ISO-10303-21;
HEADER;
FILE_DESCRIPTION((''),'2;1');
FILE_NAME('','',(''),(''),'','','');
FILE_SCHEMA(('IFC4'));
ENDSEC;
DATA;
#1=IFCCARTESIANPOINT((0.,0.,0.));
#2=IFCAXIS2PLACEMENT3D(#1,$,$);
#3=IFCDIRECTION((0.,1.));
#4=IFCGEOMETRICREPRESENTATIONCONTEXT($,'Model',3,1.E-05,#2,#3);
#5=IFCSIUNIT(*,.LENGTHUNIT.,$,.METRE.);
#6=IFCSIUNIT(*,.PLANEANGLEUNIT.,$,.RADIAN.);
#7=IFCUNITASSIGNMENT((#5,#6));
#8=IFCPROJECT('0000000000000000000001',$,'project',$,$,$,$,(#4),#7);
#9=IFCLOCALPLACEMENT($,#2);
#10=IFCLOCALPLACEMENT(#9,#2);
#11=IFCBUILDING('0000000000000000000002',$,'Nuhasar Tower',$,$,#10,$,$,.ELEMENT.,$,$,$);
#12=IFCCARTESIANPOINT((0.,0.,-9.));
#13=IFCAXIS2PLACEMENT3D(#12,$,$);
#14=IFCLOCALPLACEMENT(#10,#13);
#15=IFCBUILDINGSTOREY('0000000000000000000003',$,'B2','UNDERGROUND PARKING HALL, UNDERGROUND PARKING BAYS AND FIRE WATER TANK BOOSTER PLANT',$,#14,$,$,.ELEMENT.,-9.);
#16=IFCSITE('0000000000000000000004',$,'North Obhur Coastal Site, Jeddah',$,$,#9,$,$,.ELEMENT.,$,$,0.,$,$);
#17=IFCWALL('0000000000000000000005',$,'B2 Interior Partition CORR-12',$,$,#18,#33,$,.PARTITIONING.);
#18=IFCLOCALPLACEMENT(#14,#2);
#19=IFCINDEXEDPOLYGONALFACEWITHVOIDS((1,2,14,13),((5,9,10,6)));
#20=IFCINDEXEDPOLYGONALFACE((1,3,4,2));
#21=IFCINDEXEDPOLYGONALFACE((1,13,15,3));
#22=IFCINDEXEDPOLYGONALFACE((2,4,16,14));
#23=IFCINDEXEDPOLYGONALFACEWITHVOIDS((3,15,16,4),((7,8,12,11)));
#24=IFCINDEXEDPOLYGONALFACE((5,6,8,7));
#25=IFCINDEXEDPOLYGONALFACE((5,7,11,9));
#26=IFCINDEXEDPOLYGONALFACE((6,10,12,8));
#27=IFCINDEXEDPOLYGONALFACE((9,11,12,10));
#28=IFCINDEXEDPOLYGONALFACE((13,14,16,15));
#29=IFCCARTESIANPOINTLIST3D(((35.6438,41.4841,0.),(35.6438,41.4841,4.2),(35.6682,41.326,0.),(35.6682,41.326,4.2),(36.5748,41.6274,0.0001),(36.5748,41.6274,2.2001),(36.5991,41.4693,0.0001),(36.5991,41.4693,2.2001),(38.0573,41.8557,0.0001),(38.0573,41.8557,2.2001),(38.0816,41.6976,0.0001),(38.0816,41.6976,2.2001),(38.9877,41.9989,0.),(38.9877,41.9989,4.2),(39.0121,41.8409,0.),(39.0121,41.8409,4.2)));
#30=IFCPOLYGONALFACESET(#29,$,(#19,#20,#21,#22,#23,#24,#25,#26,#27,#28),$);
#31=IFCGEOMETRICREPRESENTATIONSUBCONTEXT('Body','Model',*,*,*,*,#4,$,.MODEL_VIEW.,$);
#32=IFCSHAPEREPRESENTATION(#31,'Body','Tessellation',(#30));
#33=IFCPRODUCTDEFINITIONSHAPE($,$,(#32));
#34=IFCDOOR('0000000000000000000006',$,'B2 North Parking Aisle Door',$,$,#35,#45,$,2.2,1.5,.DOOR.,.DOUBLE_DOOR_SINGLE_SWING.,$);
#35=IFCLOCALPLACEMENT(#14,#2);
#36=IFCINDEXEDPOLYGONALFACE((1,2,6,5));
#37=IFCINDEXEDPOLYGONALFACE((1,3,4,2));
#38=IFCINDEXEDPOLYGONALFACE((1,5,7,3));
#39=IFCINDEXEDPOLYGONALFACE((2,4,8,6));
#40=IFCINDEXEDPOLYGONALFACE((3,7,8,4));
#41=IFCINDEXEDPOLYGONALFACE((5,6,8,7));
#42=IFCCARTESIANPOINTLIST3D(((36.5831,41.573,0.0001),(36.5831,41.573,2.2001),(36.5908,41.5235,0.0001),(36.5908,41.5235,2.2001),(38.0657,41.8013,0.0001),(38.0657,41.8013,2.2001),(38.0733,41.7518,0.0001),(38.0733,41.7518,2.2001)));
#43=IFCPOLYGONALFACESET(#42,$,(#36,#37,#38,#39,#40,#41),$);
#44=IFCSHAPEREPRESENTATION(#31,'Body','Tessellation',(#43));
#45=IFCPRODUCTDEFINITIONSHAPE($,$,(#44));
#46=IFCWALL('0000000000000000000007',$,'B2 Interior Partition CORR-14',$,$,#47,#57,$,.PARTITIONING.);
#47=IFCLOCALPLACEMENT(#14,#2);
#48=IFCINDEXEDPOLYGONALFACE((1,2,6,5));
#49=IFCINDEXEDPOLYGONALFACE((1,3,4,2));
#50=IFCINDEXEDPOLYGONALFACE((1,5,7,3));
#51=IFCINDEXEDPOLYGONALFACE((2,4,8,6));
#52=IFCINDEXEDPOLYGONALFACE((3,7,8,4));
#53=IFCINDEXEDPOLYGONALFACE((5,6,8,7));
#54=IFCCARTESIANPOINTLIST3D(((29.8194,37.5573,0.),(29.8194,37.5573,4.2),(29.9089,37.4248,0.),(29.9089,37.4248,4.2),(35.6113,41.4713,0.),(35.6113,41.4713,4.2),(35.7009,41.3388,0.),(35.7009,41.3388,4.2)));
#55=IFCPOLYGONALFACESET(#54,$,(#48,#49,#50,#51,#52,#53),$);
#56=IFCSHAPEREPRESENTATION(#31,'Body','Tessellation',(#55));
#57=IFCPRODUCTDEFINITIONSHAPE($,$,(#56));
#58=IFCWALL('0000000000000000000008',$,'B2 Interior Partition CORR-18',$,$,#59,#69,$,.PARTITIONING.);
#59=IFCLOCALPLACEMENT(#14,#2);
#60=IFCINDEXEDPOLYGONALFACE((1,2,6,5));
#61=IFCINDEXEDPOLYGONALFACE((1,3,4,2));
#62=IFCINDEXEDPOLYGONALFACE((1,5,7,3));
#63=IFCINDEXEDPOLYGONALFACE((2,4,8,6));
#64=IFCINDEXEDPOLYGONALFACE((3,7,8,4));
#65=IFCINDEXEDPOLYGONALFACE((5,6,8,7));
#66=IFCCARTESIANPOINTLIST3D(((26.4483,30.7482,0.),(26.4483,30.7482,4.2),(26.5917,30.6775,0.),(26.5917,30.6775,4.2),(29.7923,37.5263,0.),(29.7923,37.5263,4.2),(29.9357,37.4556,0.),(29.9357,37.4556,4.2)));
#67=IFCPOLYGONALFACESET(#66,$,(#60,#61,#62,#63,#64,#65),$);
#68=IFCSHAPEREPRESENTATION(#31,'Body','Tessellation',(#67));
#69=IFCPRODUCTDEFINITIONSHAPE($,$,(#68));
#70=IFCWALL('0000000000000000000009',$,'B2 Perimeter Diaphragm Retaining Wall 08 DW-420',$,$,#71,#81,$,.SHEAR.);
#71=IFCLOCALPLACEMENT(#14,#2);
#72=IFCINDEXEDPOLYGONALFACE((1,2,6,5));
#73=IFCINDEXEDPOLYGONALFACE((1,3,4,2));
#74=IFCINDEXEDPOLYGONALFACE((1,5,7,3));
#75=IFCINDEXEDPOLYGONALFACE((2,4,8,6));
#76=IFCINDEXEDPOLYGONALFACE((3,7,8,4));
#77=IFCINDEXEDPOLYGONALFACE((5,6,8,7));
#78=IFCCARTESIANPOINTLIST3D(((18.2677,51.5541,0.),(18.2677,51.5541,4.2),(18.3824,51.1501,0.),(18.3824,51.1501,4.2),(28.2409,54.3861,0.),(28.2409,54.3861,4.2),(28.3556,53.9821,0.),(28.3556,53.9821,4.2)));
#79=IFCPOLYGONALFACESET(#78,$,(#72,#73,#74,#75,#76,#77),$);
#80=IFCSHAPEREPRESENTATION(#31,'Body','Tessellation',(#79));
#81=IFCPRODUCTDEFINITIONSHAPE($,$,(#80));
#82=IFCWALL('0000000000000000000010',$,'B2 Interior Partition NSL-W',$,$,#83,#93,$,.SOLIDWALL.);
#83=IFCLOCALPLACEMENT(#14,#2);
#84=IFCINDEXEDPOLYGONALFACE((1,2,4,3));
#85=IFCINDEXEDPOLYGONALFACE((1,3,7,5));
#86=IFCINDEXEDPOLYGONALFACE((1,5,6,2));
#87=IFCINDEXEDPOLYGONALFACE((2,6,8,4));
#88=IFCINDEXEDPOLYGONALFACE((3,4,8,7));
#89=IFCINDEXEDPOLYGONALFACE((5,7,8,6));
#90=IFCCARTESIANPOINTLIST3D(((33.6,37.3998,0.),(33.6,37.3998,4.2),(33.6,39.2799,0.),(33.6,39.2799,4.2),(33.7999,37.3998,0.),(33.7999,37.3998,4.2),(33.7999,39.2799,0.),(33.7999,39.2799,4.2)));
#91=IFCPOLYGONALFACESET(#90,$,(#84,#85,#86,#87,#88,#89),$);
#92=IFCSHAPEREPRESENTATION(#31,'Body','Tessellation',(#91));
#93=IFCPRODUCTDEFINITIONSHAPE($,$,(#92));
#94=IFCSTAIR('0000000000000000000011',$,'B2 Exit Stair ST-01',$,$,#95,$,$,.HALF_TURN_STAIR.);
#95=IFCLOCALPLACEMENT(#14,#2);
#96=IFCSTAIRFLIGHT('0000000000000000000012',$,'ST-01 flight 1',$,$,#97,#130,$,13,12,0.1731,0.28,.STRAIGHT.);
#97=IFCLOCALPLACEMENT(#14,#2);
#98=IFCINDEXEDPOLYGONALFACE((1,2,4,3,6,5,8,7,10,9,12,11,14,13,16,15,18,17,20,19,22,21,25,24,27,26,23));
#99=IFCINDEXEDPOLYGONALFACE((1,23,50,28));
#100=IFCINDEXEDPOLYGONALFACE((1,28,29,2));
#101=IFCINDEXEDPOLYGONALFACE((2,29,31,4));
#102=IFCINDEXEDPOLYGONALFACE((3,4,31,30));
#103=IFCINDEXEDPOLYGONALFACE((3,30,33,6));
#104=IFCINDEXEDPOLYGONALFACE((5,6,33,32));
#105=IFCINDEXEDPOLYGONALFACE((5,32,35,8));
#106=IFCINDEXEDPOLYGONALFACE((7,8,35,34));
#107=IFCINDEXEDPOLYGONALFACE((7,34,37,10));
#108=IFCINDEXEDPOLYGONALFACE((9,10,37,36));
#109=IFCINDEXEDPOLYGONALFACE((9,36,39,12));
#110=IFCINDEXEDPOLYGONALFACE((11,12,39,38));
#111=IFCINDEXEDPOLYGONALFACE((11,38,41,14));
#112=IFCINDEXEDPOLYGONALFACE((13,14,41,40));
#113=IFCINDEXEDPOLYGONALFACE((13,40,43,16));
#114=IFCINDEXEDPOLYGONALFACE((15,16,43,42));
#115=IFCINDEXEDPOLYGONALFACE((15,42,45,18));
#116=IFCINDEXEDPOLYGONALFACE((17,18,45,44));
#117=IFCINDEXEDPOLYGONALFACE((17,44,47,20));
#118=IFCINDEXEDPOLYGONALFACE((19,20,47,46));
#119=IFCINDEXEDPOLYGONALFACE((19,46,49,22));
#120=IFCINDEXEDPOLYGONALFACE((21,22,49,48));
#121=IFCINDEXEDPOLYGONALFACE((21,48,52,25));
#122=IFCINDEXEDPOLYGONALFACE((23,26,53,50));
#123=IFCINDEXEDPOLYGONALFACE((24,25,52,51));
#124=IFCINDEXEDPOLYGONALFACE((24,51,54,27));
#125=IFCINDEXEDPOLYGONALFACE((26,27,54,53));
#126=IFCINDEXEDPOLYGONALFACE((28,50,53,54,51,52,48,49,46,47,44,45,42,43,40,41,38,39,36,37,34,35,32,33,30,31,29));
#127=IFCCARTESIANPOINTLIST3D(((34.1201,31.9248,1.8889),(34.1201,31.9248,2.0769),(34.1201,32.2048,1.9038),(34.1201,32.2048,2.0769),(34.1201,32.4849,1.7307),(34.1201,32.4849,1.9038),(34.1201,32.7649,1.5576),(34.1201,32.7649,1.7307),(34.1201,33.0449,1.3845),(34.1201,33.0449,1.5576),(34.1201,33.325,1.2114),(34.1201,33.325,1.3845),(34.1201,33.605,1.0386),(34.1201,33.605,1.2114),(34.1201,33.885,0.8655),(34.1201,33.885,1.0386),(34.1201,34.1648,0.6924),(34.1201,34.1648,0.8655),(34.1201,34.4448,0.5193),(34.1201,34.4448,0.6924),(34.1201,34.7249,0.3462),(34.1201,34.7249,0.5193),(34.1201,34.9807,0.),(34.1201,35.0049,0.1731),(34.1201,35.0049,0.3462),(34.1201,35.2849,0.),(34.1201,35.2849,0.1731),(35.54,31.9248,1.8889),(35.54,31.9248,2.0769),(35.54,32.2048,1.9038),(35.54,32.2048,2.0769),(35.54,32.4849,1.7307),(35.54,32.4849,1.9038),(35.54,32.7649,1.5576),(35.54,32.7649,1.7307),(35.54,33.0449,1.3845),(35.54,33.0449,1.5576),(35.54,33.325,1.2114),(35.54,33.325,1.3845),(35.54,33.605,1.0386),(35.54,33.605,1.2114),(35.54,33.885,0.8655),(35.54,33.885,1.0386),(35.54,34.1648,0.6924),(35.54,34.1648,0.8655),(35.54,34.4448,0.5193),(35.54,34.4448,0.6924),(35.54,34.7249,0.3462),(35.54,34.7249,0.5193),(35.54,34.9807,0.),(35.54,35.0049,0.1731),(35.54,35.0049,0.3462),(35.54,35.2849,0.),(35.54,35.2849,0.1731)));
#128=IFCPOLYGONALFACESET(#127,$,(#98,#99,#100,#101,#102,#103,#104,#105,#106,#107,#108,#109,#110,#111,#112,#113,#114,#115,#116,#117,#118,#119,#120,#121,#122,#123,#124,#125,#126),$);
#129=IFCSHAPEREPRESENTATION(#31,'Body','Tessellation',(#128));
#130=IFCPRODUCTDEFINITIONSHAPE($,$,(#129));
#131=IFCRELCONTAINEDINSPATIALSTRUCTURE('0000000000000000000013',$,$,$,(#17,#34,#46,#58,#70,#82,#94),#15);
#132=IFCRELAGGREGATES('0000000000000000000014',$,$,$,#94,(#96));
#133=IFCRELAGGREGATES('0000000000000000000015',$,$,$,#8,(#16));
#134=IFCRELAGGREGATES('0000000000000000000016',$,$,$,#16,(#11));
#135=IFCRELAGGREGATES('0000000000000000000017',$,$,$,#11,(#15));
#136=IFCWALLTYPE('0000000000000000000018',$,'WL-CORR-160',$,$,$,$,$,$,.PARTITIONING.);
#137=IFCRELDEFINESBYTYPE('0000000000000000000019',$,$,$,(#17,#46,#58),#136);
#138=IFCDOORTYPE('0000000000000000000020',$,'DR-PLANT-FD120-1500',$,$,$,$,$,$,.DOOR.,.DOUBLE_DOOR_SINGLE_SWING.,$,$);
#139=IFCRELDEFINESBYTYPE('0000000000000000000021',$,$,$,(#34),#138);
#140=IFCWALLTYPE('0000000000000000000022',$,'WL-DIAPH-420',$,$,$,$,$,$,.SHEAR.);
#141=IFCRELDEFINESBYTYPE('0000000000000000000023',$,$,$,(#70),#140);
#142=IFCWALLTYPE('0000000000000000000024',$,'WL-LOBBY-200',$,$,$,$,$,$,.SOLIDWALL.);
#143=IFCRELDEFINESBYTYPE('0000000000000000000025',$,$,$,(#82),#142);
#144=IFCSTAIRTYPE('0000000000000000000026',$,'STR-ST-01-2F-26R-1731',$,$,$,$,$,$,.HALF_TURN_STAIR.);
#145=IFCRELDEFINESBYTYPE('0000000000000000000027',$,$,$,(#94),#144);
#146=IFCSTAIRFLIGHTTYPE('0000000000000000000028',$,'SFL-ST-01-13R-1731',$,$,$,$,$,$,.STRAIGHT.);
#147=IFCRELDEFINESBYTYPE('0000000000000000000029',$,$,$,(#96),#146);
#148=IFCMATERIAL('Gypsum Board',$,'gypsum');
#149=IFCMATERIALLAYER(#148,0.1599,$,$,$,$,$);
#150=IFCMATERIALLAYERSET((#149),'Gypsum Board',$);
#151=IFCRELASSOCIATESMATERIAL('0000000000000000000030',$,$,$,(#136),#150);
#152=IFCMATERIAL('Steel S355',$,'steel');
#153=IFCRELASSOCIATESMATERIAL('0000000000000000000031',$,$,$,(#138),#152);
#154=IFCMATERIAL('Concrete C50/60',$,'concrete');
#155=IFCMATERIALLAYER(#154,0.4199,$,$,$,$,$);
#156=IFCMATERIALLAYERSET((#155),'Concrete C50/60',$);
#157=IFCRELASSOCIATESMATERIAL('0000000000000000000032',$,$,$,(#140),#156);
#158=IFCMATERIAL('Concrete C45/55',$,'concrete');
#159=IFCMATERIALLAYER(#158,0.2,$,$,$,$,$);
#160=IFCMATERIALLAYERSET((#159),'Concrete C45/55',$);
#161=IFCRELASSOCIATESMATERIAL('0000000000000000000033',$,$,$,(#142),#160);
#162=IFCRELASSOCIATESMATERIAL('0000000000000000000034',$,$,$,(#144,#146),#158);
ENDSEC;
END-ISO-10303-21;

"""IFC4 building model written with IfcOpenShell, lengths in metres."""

from ifc_helpers import new_model, si_unit, direction, frame, frame_2d, origin, place, context, subcontext, project, spatial, polyline, rectangle, outline, extrude, material, layer, layer_set, type_object, element, fill, aggregate, save


model = new_model("IFC4")

# Units and contexts
model_context = context("Model", 3, precision=1e-05, world=origin(), true_north=direction((0.0, 1.0)))
body_context = subcontext(model_context, "Body", "Model", "MODEL_VIEW")
ifc_project = project(units=[si_unit("LENGTHUNIT", "METRE"), si_unit("PLANEANGLEUNIT", "RADIAN")], contexts=[model_context])

# Site, building, storey
site_placement = place(None, origin())
site = spatial("IfcSite", under=ifc_project, at=site_placement, Name="North Obhur Coastal Site, Jeddah", CompositionType="ELEMENT", RefElevation=0.0)
building_placement = place(site_placement, origin())
building = spatial("IfcBuilding", under=site, at=building_placement, Name="Nuhasar Tower", CompositionType="ELEMENT")
storey_placement = place(building_placement, frame((0.0, 0.0, -9.0)))
storey = spatial("IfcBuildingStorey", under=building, at=storey_placement, Name="B2", Description="UNDERGROUND PARKING HALL, UNDERGROUND PARKING BAYS AND FIRE WATER TANK BOOSTER PLANT", CompositionType="ELEMENT", Elevation=-9.0)

# Shared definitions
ifc_material_1 = material(Name="Concrete C50/60", Category="concrete")

# Wall, opening, door
ifc_material_2 = material(Name="Steel S355", Category="steel")
ifc_material_3 = material(Name="Gypsum Board", Category="gypsum")
ifc_layer_1 = layer(ifc_material_3, 0.1599)
ifc_layer_set_1 = layer_set([ifc_layer_1], Name="Gypsum Board")
wall_type_1 = type_object("IfcWallType", Name="WL-CORR-160", PredefinedType="PARTITIONING", material=ifc_layer_set_1)
wall_1_placement = place(storey_placement, frame((35.656, 41.405, 0.0), z_axis=(0.0, 0.0, 1.0), x_axis=(0.988353, 0.152182, 0.0)))
wall_1 = element("IfcWall", 1, at=wall_1_placement, inside=storey, type_object=wall_type_1, Name="B2 Interior Partition CORR-12", PredefinedType="PARTITIONING", context=body_context, shape_type="SweptSolid", body=[
    extrude(rectangle(XDim=3.3833, YDim=0.1599, at=frame_2d((1.6917, 0.0))), origin(), (0.0, 0.0, 1.0), 4.2),
])
opening_1_placement = place(wall_1_placement, frame((0.9419, 0.0, 0.0)))
opening_1 = element("IfcOpeningElement", 2, at=opening_1_placement, cuts=wall_1, PredefinedType="OPENING", context=body_context, shape_type="SweptSolid", body=[
    extrude(rectangle(XDim=1.5, YDim=2.2, at=frame_2d((0.75, 1.1001))), frame((0.0, 0.0898, 0.0), z_axis=(0.0, -1.0, 0.0), x_axis=(1.0, 0.0, 0.0)), (0.0, 0.0, 1.0), 0.1799),
])
door_type_1 = type_object("IfcDoorType", Name="DR-PLANT-FD120-1500", OperationType="DOUBLE_DOOR_SINGLE_SWING", PredefinedType="DOOR", material=ifc_material_2)
door_1_placement = place(opening_1_placement, origin())
door_1 = element("IfcDoor", 3, at=door_1_placement, inside=storey, type_object=door_type_1, Name="B2 North Parking Aisle Door", OperationType="DOUBLE_DOOR_SINGLE_SWING", OverallHeight=2.2, OverallWidth=1.5, PredefinedType="DOOR", context=body_context, shape_type="SweptSolid", body=[
    extrude(rectangle(XDim=1.5, YDim=2.2, at=frame_2d((0.75, 1.1001))), frame((0.0, 0.0249, 0.0), z_axis=(0.0, -1.0, 0.0), x_axis=(1.0, 0.0, 0.0)), (0.0, 0.0, 1.0), 0.05),
])
fill(opening_1, door_1)

# Walls
wall_2_placement = place(storey_placement, frame((35.656, 41.405, 0.0), z_axis=(0.0, 0.0, 1.0), x_axis=(-0.828552, -0.559912, 0.0)))
element("IfcWall", 4, at=wall_2_placement, inside=storey, type_object=wall_type_1, Name="B2 Interior Partition CORR-14", PredefinedType="PARTITIONING", context=body_context, shape_type="SweptSolid", body=[
    extrude(rectangle(XDim=6.9905, YDim=0.1599, at=frame_2d((3.4951, 0.0))), origin(), (0.0, 0.0, 1.0), 4.2),
])
wall_3_placement = place(storey_placement, frame((29.864, 37.491, 0.0), z_axis=(0.0, 0.0, 1.0), x_axis=(-0.442439, -0.896798, 0.0)))
element("IfcWall", 5, at=wall_3_placement, inside=storey, type_object=wall_type_1, Name="B2 Interior Partition CORR-18", PredefinedType="PARTITIONING", context=body_context, shape_type="SweptSolid", body=[
    extrude(rectangle(XDim=7.5581, YDim=0.1599, at=frame_2d((3.7791, 0.0))), origin(), (0.0, 0.0, 1.0), 4.2),
])
ifc_layer_2 = layer(ifc_material_1, 0.4199)
ifc_layer_set_2 = layer_set([ifc_layer_2], Name="Concrete C50/60")
wall_type_2 = type_object("IfcWallType", Name="WL-DIAPH-420", PredefinedType="SHEAR", material=ifc_layer_set_2)
wall_4_placement = place(storey_placement, frame((28.2981, 54.1841, 0.0), z_axis=(0.0, 0.0, 1.0), x_axis=(-0.961967, -0.273166, 0.0)))
element("IfcWall", 6, at=wall_4_placement, inside=storey, type_object=wall_type_2, Name="B2 Perimeter Diaphragm Retaining Wall 08 DW-420", PredefinedType="SHEAR", context=body_context, shape_type="SweptSolid", body=[
    extrude(rectangle(XDim=10.3674, YDim=0.4199, at=frame_2d((5.1836, 0.0))), origin(), (0.0, 0.0, 1.0), 4.2),
])
ifc_material_4 = material(Name="Concrete C45/55", Category="concrete")
ifc_layer_3 = layer(ifc_material_4, 0.2)
ifc_layer_set_3 = layer_set([ifc_layer_3], Name="Concrete C45/55")
wall_type_3 = type_object("IfcWallType", Name="WL-LOBBY-200", PredefinedType="SOLIDWALL", material=ifc_layer_set_3)
wall_5_placement = place(storey_placement, frame((33.7, 37.3999, 0.0), z_axis=(0.0, 0.0, 1.0), x_axis=(0.0, 1.0, 0.0)))
element("IfcWall", 7, at=wall_5_placement, inside=storey, type_object=wall_type_3, Name="B2 Interior Partition NSL-W", PredefinedType="SOLIDWALL", context=body_context, shape_type="SweptSolid", body=[
    extrude(rectangle(XDim=1.8801, YDim=0.2, at=frame_2d((0.9399, 0.0))), origin(), (0.0, 0.0, 1.0), 4.2),
])

# Stair, stair flight
stair_type = type_object("IfcStairType", Name="STR-ST-01-2F-26R-1731", PredefinedType="HALF_TURN_STAIR", material=ifc_material_4)
stair_placement = place(storey_placement, origin())
stair = element("IfcStair", 8, at=stair_placement, inside=storey, type_object=stair_type, Name="B2 Exit Stair ST-01", PredefinedType="HALF_TURN_STAIR")
stair_flight_type = type_object("IfcStairFlightType", Name="SFL-ST-01-13R-1731", PredefinedType="STRAIGHT", material=ifc_material_4)
stair_flight_placement = place(storey_placement, frame((34.8301, 35.2849, 0.0), z_axis=(0.0, 0.0, 1.0), x_axis=(0.0, -1.0, 0.0)))
stair_flight = element("IfcStairFlight", 9, at=stair_flight_placement, type_object=stair_flight_type, Name="ST-01 flight 1", NumberOfRisers=13, NumberOfTreads=12, PredefinedType="STRAIGHT", RiserHeight=0.1731, TreadLength=0.28, context=body_context, shape_type="SweptSolid", body=[
    extrude(outline(polyline([(0.0, 0.0), (0.0, 0.1731), (0.28, 0.1731), (0.28, 0.3462), (0.5601, 0.3462), (0.5601, 0.5193), (0.8401, 0.5193), (0.8401, 0.6924), (1.1201, 0.6924), (1.1201, 0.8655), (1.3999, 0.8655), (1.3999, 1.0386), (1.6799, 1.0386), (1.6799, 1.2114), (1.96, 1.2114), (1.96, 1.3845), (2.24, 1.3845), (2.24, 1.5576), (2.52, 1.5576), (2.52, 1.7307), (2.8, 1.7307), (2.8, 1.9038), (3.0801, 1.9038), (3.0801, 2.0769), (3.3601, 2.0769), (3.3601, 2.25), (3.3601, 1.8889), (0.3042, 0.0), (0.0, 0.0)])), frame((0.0, 0.71, 0.0), z_axis=(0.0, -1.0, 0.0), x_axis=(1.0, 0.0, 0.0)), (0.0, 0.0, 1.0), 1.4199),
])
aggregate(stair, [stair_flight])

save(model, "model.ifc")
